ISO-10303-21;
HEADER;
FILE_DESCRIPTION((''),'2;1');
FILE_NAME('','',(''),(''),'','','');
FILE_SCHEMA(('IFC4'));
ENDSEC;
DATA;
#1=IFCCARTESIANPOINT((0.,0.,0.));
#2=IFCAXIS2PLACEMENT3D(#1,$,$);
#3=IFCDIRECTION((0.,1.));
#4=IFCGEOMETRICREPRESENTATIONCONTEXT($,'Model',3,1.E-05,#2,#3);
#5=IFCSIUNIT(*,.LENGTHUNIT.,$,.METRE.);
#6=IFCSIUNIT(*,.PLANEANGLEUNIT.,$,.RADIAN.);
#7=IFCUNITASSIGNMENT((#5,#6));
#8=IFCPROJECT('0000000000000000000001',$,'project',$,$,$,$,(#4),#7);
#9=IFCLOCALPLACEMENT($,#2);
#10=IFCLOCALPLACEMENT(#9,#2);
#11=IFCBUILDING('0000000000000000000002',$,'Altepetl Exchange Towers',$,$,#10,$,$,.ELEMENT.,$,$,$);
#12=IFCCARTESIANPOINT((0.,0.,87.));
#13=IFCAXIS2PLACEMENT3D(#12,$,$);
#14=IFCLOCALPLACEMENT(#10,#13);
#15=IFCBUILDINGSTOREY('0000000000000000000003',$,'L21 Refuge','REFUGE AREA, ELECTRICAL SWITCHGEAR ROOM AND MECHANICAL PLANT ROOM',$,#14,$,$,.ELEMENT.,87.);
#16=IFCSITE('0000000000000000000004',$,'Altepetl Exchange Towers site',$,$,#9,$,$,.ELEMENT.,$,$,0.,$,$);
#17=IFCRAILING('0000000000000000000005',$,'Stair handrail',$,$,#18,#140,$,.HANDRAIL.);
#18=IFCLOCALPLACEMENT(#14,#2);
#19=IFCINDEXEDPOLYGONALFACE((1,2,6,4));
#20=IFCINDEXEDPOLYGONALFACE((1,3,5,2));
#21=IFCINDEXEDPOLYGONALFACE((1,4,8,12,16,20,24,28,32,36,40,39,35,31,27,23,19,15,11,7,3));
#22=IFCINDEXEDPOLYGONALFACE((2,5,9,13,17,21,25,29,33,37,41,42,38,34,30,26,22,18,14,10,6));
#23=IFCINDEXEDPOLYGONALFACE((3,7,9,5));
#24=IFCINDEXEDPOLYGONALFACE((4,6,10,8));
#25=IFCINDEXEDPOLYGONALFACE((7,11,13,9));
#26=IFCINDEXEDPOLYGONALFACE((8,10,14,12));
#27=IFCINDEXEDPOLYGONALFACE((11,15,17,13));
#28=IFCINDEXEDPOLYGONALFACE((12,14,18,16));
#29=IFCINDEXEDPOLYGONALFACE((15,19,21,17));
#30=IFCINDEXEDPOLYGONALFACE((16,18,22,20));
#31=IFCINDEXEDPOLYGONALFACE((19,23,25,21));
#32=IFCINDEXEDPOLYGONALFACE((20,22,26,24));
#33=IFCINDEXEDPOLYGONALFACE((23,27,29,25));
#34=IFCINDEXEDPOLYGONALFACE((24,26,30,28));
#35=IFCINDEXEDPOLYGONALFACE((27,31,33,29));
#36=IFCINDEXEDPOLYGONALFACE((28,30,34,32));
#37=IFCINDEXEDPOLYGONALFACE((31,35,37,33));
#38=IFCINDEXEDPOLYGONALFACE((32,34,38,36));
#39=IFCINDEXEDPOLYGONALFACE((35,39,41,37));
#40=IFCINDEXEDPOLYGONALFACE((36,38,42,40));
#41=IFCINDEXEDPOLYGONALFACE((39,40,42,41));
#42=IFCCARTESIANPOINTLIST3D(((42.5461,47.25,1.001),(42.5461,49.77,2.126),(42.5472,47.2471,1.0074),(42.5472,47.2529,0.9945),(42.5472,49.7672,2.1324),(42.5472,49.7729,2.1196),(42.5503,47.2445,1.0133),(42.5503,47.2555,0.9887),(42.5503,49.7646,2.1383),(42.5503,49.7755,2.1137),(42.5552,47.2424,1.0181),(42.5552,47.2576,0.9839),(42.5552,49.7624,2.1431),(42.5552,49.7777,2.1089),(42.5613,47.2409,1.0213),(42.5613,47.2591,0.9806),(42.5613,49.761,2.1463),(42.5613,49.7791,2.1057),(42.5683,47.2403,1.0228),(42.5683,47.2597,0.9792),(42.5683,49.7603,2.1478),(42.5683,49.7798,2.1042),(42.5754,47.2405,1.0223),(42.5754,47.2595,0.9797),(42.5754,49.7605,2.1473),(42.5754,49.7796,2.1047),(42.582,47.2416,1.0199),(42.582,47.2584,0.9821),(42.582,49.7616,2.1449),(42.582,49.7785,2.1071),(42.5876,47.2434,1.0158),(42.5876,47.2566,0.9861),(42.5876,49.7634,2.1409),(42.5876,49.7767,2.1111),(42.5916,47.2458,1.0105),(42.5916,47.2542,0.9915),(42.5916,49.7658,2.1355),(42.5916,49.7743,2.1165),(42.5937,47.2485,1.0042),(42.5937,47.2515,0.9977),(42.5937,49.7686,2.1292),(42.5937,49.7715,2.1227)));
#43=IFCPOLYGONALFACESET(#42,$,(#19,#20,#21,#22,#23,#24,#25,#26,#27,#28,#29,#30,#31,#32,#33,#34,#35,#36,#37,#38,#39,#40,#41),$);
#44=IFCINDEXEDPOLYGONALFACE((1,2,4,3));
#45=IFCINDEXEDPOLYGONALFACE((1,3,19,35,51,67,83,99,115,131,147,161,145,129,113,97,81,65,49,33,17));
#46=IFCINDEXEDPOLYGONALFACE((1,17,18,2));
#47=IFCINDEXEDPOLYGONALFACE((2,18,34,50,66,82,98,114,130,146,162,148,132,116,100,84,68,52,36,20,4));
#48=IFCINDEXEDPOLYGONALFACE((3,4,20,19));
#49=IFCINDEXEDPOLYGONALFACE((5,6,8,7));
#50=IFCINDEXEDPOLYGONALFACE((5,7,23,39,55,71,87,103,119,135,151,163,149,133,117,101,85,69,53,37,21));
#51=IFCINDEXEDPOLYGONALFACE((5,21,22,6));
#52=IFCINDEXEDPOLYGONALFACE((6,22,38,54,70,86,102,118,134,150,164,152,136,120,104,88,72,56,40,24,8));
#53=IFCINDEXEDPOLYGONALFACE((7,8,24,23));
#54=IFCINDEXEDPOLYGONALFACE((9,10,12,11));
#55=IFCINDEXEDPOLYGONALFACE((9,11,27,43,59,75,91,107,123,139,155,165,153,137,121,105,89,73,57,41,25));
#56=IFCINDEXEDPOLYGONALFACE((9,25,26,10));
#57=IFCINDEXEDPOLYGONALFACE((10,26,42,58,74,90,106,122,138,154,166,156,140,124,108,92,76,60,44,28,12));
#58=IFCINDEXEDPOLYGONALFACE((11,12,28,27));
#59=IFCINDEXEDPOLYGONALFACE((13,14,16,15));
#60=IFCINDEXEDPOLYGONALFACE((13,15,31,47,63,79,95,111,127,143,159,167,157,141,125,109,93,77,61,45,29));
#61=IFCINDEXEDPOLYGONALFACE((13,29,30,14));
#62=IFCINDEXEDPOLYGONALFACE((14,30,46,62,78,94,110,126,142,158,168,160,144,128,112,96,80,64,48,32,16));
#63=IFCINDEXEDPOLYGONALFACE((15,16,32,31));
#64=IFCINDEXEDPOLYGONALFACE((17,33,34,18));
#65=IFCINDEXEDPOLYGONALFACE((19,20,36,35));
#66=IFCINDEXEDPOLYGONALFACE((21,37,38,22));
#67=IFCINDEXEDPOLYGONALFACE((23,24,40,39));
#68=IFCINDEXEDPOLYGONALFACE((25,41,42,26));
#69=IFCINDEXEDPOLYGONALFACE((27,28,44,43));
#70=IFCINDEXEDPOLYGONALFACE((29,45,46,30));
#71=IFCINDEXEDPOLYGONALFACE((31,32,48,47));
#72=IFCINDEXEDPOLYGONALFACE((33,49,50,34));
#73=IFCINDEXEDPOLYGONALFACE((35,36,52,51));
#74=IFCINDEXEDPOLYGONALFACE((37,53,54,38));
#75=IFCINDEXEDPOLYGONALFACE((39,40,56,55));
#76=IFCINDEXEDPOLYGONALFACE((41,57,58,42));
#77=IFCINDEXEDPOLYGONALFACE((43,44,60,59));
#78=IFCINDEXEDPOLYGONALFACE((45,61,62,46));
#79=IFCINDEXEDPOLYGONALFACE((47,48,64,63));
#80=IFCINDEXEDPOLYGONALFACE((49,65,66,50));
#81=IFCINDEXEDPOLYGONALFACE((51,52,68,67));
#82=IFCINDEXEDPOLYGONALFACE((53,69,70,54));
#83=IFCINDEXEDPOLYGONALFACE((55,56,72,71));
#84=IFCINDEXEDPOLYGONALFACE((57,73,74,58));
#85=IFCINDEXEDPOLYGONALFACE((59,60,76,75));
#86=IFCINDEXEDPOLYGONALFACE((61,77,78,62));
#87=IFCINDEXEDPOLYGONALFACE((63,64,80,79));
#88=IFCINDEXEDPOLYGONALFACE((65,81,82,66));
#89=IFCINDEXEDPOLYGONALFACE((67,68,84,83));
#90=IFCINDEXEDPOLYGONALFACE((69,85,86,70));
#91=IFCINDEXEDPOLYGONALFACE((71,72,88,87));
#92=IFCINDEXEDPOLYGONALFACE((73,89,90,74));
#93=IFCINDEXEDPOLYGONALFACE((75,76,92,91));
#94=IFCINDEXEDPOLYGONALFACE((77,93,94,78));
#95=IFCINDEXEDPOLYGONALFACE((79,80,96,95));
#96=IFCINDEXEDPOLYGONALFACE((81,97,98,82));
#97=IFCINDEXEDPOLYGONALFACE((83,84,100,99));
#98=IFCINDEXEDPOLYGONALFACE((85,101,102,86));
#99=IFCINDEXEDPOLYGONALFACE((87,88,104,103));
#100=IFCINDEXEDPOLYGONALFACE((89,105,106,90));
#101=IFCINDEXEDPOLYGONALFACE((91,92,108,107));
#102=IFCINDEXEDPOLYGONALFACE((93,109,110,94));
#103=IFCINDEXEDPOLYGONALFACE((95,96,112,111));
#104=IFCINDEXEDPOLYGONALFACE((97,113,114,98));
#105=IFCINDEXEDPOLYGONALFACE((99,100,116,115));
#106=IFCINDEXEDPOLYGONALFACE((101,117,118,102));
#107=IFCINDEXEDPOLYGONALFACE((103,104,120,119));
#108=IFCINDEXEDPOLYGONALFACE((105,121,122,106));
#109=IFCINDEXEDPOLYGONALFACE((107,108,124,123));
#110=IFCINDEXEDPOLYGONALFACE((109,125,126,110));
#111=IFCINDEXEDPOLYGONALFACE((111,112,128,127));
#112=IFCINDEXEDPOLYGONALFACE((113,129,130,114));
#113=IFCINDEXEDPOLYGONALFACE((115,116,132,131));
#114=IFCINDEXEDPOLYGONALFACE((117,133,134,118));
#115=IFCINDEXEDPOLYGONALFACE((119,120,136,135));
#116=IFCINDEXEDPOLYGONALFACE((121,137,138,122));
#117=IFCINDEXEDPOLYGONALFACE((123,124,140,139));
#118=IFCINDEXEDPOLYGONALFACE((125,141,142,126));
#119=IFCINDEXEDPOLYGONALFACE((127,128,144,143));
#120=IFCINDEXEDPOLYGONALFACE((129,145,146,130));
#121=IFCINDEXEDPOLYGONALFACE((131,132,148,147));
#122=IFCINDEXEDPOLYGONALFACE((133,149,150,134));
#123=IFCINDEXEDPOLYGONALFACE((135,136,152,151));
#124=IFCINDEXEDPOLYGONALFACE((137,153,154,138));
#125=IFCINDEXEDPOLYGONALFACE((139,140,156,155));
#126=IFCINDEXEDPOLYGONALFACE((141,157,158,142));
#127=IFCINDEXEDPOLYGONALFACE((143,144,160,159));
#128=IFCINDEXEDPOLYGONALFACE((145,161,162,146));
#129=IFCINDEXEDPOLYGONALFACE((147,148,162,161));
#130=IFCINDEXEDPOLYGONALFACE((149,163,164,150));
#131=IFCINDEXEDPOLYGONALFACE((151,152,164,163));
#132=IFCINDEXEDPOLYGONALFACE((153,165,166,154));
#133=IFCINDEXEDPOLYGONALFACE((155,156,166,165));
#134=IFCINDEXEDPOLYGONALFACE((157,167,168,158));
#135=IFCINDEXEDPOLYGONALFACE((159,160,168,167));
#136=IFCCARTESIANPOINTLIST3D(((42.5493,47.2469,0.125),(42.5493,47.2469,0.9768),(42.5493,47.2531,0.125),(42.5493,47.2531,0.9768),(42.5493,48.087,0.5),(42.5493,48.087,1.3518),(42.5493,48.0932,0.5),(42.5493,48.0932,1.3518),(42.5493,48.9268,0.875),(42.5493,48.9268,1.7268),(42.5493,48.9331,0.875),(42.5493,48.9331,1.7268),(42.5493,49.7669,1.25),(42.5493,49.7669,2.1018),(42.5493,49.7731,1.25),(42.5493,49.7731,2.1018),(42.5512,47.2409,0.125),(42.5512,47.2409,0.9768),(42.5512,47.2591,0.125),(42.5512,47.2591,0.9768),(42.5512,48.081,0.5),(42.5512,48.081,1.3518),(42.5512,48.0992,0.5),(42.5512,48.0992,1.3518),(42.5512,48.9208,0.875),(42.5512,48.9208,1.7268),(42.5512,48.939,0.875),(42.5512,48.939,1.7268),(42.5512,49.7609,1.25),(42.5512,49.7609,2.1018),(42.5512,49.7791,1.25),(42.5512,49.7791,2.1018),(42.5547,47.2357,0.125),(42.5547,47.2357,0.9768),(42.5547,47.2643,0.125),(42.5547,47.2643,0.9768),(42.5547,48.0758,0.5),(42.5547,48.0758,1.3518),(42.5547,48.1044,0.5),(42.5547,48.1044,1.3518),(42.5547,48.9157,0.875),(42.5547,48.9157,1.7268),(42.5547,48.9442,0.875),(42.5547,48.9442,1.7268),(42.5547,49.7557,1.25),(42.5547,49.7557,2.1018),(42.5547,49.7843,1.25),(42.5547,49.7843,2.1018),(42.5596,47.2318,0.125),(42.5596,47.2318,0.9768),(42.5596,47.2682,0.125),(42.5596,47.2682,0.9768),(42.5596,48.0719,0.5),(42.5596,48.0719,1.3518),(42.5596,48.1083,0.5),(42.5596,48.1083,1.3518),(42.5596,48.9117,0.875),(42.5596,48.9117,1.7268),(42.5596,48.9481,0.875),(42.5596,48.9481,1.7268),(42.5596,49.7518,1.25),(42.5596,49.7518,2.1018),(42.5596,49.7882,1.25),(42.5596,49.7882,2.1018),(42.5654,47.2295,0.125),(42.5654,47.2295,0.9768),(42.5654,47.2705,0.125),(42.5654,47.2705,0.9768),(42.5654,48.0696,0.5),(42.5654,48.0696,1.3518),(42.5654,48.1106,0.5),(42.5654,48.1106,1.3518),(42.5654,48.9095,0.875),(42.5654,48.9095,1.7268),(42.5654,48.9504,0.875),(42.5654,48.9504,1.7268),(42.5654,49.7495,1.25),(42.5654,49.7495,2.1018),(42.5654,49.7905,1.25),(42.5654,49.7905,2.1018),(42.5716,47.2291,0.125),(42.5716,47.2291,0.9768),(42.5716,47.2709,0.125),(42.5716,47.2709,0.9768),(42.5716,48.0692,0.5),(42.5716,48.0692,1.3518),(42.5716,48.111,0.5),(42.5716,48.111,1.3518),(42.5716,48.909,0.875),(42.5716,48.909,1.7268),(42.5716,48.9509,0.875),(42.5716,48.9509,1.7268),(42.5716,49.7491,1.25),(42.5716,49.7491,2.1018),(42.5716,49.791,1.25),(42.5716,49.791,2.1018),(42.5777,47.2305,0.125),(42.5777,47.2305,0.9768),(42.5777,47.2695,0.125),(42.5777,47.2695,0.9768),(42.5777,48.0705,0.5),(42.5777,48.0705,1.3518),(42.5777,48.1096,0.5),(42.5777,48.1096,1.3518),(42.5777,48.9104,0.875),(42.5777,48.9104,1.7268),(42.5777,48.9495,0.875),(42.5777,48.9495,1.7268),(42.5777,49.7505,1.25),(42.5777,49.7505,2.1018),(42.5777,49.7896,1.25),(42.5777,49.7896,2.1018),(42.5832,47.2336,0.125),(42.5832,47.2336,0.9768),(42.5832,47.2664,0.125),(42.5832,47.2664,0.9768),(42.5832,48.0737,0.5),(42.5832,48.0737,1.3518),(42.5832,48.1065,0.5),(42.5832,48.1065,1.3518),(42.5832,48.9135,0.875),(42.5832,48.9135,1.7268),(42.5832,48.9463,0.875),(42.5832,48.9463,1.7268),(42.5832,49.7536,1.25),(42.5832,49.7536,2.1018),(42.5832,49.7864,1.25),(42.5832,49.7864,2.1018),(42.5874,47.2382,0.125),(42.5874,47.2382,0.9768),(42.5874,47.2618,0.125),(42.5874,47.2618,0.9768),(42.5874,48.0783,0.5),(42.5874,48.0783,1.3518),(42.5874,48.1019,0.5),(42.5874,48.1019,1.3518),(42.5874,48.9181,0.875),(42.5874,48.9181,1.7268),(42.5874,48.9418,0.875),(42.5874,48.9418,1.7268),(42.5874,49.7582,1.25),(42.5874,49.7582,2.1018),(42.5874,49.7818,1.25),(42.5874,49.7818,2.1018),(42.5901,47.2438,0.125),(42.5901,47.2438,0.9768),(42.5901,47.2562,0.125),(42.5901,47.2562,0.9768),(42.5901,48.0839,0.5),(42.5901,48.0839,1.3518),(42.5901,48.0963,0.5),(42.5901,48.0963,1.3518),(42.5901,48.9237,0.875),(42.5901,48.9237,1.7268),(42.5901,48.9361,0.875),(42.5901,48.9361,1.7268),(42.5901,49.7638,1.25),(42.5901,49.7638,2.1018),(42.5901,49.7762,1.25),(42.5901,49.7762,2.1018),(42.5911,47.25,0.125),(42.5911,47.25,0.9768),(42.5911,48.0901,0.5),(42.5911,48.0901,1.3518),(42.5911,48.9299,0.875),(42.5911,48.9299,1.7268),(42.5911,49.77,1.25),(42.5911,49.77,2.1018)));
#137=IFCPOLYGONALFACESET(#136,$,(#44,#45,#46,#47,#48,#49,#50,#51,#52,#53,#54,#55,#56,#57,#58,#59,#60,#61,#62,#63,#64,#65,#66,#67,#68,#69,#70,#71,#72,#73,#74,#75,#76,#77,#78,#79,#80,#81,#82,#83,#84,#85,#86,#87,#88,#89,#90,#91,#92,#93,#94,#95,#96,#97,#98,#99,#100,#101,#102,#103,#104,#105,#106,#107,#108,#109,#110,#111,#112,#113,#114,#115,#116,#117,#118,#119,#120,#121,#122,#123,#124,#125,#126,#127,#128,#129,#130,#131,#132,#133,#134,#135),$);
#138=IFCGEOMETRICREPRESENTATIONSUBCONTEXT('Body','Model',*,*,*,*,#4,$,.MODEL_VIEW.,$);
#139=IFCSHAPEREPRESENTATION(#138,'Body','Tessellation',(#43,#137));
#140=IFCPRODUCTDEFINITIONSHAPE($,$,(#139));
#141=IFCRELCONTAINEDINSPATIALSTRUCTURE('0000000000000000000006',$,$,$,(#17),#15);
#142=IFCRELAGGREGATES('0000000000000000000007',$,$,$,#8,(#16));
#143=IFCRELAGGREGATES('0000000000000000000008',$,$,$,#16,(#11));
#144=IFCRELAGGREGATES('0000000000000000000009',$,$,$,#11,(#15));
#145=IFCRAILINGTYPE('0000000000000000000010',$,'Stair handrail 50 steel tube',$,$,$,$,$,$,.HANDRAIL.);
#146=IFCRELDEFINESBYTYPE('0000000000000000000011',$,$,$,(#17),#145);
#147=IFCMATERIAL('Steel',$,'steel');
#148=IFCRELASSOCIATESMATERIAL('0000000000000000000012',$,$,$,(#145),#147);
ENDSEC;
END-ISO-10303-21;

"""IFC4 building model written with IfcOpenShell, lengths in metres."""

from ifc_helpers import new_model, si_unit, direction, frame, origin, origin_2d, place, context, subcontext, project, spatial, circle, extrude, source, transform, mapped, material, type_object, element, save


model = new_model("IFC4")

# Units and contexts
model_context = context("Model", 3, precision=1e-05, world=origin(), true_north=direction((0.0, 1.0)))
body_context = subcontext(model_context, "Body", "Model", "MODEL_VIEW")
ifc_project = project(units=[si_unit("LENGTHUNIT", "METRE"), si_unit("PLANEANGLEUNIT", "RADIAN")], contexts=[model_context])

# Site, building, storey
site_placement = place(None, origin())
site = spatial("IfcSite", under=ifc_project, at=site_placement, Name="Altepetl Exchange Towers site", CompositionType="ELEMENT", RefElevation=0.0)
building_placement = place(site_placement, origin())
building = spatial("IfcBuilding", under=site, at=building_placement, Name="Altepetl Exchange Towers", CompositionType="ELEMENT")
storey_placement = place(building_placement, frame((0.0, 0.0, 87.0)))
storey = spatial("IfcBuildingStorey", under=building, at=storey_placement, Name="L21 Refuge", Description="REFUGE AREA, ELECTRICAL SWITCHGEAR ROOM AND MECHANICAL PLANT ROOM", CompositionType="ELEMENT", Elevation=87.0)

# Railing
ifc_material_1 = material(Name="Steel", Category="steel")
railing_type = type_object("IfcRailingType", Name="Stair handrail 50 steel tube", PredefinedType="HANDRAIL", material=ifc_material_1)
shared_shape = source(origin(), body_context, "Body", "SweptSolid", [
    extrude(circle(Radius=0.021, at=origin_2d()), origin(), (0.0, 0.0, 1.0), 0.8518),
])
railing_1_placement = place(storey_placement, frame((42.5701, 47.25, 0.125)))
element("IfcRailing", 1, at=railing_1_placement, inside=storey, type_object=railing_type, Name="Stair handrail", PredefinedType="HANDRAIL", context=body_context, shape_type="SweptSolid", body=[
    extrude(circle(Radius=0.0239, at=origin_2d()), frame((0.0, 0.0, 0.876), z_axis=(0.0, 0.913139, 0.407648), x_axis=(-1.0, 0.0, 0.0)), (0.0, 0.0, 1.0), 2.7598),
    mapped(shared_shape, transform((0.0, 0.0, 0.0))),
    mapped(shared_shape, transform((0.0, 0.8401, 0.375))),
    mapped(shared_shape, transform((0.0, 1.6799, 0.75))),
    mapped(shared_shape, transform((0.0, 2.52, 1.125))),
])

save(model, "model.ifc")
